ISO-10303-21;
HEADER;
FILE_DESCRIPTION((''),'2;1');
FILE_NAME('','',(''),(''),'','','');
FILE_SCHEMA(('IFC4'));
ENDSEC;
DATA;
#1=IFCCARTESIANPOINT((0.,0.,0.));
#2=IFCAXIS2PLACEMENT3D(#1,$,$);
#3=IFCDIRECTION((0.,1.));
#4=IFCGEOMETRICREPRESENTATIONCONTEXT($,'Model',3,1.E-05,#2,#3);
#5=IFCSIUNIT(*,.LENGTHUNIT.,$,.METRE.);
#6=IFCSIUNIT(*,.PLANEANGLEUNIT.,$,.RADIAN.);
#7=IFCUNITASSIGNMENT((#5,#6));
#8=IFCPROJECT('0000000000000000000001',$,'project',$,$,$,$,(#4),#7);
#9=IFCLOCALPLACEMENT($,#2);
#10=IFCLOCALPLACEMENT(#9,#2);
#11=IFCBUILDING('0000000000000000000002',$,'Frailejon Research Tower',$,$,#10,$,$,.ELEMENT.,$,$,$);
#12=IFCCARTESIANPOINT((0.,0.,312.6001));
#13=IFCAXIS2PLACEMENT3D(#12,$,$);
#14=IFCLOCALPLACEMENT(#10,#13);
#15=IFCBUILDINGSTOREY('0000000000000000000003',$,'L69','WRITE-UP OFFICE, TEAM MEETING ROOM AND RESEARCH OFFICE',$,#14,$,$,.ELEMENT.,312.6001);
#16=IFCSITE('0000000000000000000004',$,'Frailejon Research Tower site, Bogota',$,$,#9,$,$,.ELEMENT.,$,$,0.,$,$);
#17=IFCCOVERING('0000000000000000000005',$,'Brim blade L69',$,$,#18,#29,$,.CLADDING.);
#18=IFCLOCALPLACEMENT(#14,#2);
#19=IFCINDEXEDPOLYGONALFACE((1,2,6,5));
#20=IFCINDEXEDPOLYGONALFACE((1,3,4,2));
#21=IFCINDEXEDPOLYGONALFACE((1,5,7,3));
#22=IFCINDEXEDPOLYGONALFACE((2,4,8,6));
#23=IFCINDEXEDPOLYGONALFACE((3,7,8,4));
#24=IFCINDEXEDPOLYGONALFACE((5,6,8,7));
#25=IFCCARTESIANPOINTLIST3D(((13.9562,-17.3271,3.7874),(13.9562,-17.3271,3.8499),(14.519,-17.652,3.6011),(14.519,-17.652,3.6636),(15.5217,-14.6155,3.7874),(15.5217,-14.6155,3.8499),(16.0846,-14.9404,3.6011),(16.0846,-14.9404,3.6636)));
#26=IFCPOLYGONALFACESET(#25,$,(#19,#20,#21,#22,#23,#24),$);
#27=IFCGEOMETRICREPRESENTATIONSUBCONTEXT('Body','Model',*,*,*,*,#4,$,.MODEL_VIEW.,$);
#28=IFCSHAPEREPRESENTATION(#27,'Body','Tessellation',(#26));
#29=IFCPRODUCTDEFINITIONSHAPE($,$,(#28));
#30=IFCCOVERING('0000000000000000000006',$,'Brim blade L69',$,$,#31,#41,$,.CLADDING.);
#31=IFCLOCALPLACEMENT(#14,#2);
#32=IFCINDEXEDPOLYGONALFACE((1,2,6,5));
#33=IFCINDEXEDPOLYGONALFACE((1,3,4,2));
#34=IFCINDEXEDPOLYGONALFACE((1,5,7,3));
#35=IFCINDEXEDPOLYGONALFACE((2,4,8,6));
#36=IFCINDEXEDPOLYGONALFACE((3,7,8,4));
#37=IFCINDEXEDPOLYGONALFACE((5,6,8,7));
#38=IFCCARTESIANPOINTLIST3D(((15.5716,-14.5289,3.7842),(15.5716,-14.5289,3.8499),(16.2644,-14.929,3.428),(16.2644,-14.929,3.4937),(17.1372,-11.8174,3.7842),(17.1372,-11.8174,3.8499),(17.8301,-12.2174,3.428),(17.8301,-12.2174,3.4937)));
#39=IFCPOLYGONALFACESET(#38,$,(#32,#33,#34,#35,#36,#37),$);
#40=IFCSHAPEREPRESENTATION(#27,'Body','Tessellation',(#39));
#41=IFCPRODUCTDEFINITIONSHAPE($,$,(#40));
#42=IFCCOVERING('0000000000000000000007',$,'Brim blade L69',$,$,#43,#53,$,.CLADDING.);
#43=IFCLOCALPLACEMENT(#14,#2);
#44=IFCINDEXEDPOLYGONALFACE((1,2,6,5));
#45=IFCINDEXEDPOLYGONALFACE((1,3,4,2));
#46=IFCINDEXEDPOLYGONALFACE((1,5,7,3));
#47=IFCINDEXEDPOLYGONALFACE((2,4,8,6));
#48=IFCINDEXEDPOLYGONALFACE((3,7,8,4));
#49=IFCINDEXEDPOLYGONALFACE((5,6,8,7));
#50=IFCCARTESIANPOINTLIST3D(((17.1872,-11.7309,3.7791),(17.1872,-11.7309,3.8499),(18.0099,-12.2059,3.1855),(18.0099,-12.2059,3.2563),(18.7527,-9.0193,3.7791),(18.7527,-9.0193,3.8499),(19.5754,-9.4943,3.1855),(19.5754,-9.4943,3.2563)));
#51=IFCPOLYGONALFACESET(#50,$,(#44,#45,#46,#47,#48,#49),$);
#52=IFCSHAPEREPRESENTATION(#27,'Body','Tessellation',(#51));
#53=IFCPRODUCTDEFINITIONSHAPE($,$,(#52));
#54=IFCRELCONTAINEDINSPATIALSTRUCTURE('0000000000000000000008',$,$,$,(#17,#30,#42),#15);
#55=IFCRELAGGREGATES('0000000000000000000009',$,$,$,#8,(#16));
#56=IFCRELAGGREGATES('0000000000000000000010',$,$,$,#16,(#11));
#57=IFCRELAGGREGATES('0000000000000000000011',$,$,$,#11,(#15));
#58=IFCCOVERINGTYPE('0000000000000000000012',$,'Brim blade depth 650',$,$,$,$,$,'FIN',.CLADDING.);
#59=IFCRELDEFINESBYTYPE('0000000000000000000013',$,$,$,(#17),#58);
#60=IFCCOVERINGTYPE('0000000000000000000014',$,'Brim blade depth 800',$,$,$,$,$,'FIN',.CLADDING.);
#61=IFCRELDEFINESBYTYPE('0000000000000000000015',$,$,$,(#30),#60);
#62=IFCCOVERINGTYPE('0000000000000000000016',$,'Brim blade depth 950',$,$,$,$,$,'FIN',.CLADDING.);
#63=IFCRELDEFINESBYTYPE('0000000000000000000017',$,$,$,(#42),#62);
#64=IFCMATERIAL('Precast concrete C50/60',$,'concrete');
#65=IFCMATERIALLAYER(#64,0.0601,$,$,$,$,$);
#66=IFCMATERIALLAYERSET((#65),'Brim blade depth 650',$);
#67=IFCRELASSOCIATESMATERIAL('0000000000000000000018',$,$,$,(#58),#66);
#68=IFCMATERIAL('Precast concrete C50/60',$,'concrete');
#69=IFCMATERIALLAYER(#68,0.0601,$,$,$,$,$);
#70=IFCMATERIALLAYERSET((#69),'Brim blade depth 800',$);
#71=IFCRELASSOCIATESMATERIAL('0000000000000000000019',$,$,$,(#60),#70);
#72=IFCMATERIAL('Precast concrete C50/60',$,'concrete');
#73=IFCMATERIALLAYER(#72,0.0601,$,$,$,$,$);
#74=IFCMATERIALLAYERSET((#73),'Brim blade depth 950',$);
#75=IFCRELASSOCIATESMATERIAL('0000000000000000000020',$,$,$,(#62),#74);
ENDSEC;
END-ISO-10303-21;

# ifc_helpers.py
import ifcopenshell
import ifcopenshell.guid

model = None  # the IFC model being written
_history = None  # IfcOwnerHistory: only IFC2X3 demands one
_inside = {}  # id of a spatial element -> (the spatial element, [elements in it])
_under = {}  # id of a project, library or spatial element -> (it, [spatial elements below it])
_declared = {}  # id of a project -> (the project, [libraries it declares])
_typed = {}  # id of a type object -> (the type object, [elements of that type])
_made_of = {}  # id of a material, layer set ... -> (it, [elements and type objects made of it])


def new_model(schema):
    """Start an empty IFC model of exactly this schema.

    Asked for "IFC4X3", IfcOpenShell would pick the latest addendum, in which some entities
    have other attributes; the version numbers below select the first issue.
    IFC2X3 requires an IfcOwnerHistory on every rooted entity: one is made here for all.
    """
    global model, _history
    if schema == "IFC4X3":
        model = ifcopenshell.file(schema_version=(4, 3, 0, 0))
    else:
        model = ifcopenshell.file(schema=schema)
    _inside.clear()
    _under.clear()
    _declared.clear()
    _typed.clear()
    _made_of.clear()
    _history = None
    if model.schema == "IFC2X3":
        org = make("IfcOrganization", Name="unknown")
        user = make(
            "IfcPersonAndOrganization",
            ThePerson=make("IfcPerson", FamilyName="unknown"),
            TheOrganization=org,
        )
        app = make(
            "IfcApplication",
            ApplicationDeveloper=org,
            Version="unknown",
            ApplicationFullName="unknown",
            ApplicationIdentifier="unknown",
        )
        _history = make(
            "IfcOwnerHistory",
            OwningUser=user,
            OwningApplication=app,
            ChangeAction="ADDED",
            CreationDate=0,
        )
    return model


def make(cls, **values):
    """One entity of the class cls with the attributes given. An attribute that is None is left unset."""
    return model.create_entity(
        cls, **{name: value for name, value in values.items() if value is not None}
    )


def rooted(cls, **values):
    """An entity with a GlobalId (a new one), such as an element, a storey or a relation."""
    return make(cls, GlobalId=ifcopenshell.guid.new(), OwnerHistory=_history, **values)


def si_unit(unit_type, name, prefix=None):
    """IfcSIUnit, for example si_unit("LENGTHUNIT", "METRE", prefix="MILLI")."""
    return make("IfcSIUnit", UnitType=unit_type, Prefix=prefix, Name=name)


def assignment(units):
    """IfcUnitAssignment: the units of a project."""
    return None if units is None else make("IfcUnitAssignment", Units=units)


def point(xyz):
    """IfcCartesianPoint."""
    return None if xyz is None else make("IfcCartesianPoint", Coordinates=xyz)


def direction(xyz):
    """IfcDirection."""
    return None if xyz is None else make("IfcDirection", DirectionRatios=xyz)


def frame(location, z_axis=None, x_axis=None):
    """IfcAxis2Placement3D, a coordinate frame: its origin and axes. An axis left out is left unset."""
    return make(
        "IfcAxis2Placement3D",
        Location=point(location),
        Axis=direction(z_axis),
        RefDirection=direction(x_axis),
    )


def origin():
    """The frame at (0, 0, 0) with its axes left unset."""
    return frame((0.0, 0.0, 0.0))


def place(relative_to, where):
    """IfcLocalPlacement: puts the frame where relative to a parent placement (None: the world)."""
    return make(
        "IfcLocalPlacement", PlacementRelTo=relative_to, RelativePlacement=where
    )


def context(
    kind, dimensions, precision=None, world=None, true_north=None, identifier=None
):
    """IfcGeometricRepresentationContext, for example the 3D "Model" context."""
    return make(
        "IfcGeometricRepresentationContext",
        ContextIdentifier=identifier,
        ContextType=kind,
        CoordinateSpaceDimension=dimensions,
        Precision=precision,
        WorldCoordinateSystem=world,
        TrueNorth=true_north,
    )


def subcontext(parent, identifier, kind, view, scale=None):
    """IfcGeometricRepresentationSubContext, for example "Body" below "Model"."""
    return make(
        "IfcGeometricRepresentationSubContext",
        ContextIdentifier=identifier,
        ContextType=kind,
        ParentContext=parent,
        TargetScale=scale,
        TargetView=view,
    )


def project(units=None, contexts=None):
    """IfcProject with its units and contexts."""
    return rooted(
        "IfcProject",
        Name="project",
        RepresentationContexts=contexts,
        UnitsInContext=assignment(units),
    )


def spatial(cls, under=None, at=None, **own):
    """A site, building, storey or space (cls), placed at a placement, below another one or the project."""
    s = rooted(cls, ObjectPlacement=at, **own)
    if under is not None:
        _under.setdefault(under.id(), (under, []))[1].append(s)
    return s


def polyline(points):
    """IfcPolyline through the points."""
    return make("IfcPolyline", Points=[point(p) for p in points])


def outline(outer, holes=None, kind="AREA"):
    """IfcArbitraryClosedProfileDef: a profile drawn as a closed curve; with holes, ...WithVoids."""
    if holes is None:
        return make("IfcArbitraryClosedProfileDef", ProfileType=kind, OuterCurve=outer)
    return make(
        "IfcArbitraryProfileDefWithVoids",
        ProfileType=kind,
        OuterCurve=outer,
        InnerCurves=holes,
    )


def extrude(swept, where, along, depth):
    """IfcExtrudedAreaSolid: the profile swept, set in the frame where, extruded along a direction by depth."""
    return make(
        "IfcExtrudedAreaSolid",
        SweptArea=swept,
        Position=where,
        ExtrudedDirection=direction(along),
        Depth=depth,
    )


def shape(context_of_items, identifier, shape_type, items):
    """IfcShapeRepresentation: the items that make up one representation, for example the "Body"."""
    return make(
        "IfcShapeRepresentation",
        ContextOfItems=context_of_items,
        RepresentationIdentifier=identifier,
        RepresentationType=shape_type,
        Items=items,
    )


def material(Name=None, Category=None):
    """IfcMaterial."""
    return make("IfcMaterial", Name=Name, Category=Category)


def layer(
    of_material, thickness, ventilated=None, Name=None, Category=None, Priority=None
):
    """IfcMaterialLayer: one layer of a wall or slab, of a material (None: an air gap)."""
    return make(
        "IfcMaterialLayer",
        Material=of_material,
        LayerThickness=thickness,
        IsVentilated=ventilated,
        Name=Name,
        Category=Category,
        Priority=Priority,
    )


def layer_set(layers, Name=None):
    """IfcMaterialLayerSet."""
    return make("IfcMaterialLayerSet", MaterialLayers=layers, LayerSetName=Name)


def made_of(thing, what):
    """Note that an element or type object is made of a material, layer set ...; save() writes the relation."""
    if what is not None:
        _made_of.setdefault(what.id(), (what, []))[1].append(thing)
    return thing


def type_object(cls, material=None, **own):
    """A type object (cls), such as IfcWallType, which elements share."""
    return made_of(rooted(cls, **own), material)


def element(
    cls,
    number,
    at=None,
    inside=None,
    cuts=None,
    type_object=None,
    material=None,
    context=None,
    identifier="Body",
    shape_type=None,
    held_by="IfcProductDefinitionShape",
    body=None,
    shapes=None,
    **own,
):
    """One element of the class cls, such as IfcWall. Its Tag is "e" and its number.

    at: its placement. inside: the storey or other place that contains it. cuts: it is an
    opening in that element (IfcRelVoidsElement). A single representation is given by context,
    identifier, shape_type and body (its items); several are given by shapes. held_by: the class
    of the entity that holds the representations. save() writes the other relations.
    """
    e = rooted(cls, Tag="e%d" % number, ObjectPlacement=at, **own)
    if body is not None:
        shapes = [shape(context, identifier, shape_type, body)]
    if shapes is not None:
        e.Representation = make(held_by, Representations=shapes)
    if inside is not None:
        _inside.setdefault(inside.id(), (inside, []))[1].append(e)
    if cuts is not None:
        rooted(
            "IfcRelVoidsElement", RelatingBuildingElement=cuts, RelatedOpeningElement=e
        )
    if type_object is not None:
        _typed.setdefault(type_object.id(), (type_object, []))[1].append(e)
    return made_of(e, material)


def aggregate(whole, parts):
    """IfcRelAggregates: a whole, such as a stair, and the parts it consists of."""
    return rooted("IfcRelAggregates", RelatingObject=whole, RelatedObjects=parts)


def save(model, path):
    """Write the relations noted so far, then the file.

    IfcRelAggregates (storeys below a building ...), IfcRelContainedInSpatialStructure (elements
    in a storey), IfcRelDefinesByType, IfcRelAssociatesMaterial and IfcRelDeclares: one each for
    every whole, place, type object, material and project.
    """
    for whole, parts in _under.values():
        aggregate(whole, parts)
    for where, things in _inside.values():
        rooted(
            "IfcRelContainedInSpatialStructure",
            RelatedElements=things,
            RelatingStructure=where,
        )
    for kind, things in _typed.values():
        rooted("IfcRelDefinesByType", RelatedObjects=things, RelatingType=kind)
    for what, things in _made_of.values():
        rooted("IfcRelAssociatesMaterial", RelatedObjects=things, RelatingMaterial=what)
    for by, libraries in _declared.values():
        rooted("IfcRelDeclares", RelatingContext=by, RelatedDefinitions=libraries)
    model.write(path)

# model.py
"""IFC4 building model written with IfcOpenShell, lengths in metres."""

from ifc_helpers import new_model, si_unit, direction, frame, origin, place, context, subcontext, project, spatial, polyline, outline, extrude, material, layer, layer_set, type_object, element, save


model = new_model("IFC4")

# Units and contexts
model_context = context("Model", 3, precision=1e-05, world=origin(), true_north=direction((0.0, 1.0)))
body_context = subcontext(model_context, "Body", "Model", "MODEL_VIEW")
ifc_project = project(units=[si_unit("LENGTHUNIT", "METRE"), si_unit("PLANEANGLEUNIT", "RADIAN")], contexts=[model_context])

# Site, building, storey
site_placement = place(None, origin())
site = spatial("IfcSite", under=ifc_project, at=site_placement, Name="Frailejon Research Tower site, Bogota", CompositionType="ELEMENT", RefElevation=0.0)
building_placement = place(site_placement, origin())
building = spatial("IfcBuilding", under=site, at=building_placement, Name="Frailejon Research Tower", CompositionType="ELEMENT")
storey_placement = place(building_placement, frame((0.0, 0.0, 312.6001)))
storey = spatial("IfcBuildingStorey", under=building, at=storey_placement, Name="L69", Description="WRITE-UP OFFICE, TEAM MEETING ROOM AND RESEARCH OFFICE", CompositionType="ELEMENT", Elevation=312.6001)

# Coverings
ifc_material_1 = material(Name="Precast concrete C50/60", Category="concrete")
ifc_layer_1 = layer(ifc_material_1, 0.0601)
ifc_layer_set_1 = layer_set([ifc_layer_1], Name="Brim blade depth 650")
covering_type_1 = type_object("IfcCoveringType", Name="Brim blade depth 650", ElementType="FIN", PredefinedType="CLADDING", material=ifc_layer_set_1)
covering_1_placement = place(storey_placement, frame((15.5217, -14.6155, 3.8499), z_axis=(-0.500004, -0.866023, 0.0), x_axis=(0.866023, -0.500004, 0.0)))
element("IfcCovering", 1, at=covering_1_placement, inside=storey, type_object=covering_type_1, Name="Brim blade L69", PredefinedType="CLADDING", context=body_context, shape_type="SweptSolid", body=[
    extrude(outline(polyline([(0.0, -0.0625), (0.6499, -0.2488), (0.6499, -0.1863), (0.0, 0.0), (0.0, -0.0625)])), origin(), (0.0, 0.0, 1.0), 3.1311),
])
ifc_material_2 = material(Name="Precast concrete C50/60", Category="concrete")
ifc_layer_2 = layer(ifc_material_2, 0.0601)
ifc_layer_set_2 = layer_set([ifc_layer_2], Name="Brim blade depth 800")
covering_type_2 = type_object("IfcCoveringType", Name="Brim blade depth 800", ElementType="FIN", PredefinedType="CLADDING", material=ifc_layer_set_2)
covering_2_placement = place(storey_placement, frame((17.1372, -11.8174, 3.8499), z_axis=(-0.500027, -0.86601, 0.0), x_axis=(0.86601, -0.500027, 0.0)))
element("IfcCovering", 2, at=covering_2_placement, inside=storey, type_object=covering_type_2, Name="Brim blade L69", PredefinedType="CLADDING", context=body_context, shape_type="SweptSolid", body=[
    extrude(outline(polyline([(0.0, -0.0657), (0.8, -0.4219), (0.8, -0.3562), (0.0, 0.0), (0.0, -0.0657)])), origin(), (0.0, 0.0, 1.0), 3.1311),
])
ifc_material_3 = material(Name="Precast concrete C50/60", Category="concrete")
ifc_layer_3 = layer(ifc_material_3, 0.0601)
ifc_layer_set_3 = layer_set([ifc_layer_3], Name="Brim blade depth 950")
covering_type_3 = type_object("IfcCoveringType", Name="Brim blade depth 950", ElementType="FIN", PredefinedType="CLADDING", material=ifc_layer_set_3)
covering_3_placement = place(storey_placement, frame((18.7527, -9.0193, 3.8499), z_axis=(-0.49999, -0.866031, 0.0), x_axis=(0.866031, -0.49999, 0.0)))
element("IfcCovering", 3, at=covering_3_placement, inside=storey, type_object=covering_type_3, Name="Brim blade L69", PredefinedType="CLADDING", context=body_context, shape_type="SweptSolid", body=[
    extrude(outline(polyline([(0.0, -0.0708), (0.95, -0.6643), (0.95, -0.5935), (0.0, 0.0), (0.0, -0.0708)])), origin(), (0.0, 0.0, 1.0), 3.1311),
])

save(model, "model.ifc")
